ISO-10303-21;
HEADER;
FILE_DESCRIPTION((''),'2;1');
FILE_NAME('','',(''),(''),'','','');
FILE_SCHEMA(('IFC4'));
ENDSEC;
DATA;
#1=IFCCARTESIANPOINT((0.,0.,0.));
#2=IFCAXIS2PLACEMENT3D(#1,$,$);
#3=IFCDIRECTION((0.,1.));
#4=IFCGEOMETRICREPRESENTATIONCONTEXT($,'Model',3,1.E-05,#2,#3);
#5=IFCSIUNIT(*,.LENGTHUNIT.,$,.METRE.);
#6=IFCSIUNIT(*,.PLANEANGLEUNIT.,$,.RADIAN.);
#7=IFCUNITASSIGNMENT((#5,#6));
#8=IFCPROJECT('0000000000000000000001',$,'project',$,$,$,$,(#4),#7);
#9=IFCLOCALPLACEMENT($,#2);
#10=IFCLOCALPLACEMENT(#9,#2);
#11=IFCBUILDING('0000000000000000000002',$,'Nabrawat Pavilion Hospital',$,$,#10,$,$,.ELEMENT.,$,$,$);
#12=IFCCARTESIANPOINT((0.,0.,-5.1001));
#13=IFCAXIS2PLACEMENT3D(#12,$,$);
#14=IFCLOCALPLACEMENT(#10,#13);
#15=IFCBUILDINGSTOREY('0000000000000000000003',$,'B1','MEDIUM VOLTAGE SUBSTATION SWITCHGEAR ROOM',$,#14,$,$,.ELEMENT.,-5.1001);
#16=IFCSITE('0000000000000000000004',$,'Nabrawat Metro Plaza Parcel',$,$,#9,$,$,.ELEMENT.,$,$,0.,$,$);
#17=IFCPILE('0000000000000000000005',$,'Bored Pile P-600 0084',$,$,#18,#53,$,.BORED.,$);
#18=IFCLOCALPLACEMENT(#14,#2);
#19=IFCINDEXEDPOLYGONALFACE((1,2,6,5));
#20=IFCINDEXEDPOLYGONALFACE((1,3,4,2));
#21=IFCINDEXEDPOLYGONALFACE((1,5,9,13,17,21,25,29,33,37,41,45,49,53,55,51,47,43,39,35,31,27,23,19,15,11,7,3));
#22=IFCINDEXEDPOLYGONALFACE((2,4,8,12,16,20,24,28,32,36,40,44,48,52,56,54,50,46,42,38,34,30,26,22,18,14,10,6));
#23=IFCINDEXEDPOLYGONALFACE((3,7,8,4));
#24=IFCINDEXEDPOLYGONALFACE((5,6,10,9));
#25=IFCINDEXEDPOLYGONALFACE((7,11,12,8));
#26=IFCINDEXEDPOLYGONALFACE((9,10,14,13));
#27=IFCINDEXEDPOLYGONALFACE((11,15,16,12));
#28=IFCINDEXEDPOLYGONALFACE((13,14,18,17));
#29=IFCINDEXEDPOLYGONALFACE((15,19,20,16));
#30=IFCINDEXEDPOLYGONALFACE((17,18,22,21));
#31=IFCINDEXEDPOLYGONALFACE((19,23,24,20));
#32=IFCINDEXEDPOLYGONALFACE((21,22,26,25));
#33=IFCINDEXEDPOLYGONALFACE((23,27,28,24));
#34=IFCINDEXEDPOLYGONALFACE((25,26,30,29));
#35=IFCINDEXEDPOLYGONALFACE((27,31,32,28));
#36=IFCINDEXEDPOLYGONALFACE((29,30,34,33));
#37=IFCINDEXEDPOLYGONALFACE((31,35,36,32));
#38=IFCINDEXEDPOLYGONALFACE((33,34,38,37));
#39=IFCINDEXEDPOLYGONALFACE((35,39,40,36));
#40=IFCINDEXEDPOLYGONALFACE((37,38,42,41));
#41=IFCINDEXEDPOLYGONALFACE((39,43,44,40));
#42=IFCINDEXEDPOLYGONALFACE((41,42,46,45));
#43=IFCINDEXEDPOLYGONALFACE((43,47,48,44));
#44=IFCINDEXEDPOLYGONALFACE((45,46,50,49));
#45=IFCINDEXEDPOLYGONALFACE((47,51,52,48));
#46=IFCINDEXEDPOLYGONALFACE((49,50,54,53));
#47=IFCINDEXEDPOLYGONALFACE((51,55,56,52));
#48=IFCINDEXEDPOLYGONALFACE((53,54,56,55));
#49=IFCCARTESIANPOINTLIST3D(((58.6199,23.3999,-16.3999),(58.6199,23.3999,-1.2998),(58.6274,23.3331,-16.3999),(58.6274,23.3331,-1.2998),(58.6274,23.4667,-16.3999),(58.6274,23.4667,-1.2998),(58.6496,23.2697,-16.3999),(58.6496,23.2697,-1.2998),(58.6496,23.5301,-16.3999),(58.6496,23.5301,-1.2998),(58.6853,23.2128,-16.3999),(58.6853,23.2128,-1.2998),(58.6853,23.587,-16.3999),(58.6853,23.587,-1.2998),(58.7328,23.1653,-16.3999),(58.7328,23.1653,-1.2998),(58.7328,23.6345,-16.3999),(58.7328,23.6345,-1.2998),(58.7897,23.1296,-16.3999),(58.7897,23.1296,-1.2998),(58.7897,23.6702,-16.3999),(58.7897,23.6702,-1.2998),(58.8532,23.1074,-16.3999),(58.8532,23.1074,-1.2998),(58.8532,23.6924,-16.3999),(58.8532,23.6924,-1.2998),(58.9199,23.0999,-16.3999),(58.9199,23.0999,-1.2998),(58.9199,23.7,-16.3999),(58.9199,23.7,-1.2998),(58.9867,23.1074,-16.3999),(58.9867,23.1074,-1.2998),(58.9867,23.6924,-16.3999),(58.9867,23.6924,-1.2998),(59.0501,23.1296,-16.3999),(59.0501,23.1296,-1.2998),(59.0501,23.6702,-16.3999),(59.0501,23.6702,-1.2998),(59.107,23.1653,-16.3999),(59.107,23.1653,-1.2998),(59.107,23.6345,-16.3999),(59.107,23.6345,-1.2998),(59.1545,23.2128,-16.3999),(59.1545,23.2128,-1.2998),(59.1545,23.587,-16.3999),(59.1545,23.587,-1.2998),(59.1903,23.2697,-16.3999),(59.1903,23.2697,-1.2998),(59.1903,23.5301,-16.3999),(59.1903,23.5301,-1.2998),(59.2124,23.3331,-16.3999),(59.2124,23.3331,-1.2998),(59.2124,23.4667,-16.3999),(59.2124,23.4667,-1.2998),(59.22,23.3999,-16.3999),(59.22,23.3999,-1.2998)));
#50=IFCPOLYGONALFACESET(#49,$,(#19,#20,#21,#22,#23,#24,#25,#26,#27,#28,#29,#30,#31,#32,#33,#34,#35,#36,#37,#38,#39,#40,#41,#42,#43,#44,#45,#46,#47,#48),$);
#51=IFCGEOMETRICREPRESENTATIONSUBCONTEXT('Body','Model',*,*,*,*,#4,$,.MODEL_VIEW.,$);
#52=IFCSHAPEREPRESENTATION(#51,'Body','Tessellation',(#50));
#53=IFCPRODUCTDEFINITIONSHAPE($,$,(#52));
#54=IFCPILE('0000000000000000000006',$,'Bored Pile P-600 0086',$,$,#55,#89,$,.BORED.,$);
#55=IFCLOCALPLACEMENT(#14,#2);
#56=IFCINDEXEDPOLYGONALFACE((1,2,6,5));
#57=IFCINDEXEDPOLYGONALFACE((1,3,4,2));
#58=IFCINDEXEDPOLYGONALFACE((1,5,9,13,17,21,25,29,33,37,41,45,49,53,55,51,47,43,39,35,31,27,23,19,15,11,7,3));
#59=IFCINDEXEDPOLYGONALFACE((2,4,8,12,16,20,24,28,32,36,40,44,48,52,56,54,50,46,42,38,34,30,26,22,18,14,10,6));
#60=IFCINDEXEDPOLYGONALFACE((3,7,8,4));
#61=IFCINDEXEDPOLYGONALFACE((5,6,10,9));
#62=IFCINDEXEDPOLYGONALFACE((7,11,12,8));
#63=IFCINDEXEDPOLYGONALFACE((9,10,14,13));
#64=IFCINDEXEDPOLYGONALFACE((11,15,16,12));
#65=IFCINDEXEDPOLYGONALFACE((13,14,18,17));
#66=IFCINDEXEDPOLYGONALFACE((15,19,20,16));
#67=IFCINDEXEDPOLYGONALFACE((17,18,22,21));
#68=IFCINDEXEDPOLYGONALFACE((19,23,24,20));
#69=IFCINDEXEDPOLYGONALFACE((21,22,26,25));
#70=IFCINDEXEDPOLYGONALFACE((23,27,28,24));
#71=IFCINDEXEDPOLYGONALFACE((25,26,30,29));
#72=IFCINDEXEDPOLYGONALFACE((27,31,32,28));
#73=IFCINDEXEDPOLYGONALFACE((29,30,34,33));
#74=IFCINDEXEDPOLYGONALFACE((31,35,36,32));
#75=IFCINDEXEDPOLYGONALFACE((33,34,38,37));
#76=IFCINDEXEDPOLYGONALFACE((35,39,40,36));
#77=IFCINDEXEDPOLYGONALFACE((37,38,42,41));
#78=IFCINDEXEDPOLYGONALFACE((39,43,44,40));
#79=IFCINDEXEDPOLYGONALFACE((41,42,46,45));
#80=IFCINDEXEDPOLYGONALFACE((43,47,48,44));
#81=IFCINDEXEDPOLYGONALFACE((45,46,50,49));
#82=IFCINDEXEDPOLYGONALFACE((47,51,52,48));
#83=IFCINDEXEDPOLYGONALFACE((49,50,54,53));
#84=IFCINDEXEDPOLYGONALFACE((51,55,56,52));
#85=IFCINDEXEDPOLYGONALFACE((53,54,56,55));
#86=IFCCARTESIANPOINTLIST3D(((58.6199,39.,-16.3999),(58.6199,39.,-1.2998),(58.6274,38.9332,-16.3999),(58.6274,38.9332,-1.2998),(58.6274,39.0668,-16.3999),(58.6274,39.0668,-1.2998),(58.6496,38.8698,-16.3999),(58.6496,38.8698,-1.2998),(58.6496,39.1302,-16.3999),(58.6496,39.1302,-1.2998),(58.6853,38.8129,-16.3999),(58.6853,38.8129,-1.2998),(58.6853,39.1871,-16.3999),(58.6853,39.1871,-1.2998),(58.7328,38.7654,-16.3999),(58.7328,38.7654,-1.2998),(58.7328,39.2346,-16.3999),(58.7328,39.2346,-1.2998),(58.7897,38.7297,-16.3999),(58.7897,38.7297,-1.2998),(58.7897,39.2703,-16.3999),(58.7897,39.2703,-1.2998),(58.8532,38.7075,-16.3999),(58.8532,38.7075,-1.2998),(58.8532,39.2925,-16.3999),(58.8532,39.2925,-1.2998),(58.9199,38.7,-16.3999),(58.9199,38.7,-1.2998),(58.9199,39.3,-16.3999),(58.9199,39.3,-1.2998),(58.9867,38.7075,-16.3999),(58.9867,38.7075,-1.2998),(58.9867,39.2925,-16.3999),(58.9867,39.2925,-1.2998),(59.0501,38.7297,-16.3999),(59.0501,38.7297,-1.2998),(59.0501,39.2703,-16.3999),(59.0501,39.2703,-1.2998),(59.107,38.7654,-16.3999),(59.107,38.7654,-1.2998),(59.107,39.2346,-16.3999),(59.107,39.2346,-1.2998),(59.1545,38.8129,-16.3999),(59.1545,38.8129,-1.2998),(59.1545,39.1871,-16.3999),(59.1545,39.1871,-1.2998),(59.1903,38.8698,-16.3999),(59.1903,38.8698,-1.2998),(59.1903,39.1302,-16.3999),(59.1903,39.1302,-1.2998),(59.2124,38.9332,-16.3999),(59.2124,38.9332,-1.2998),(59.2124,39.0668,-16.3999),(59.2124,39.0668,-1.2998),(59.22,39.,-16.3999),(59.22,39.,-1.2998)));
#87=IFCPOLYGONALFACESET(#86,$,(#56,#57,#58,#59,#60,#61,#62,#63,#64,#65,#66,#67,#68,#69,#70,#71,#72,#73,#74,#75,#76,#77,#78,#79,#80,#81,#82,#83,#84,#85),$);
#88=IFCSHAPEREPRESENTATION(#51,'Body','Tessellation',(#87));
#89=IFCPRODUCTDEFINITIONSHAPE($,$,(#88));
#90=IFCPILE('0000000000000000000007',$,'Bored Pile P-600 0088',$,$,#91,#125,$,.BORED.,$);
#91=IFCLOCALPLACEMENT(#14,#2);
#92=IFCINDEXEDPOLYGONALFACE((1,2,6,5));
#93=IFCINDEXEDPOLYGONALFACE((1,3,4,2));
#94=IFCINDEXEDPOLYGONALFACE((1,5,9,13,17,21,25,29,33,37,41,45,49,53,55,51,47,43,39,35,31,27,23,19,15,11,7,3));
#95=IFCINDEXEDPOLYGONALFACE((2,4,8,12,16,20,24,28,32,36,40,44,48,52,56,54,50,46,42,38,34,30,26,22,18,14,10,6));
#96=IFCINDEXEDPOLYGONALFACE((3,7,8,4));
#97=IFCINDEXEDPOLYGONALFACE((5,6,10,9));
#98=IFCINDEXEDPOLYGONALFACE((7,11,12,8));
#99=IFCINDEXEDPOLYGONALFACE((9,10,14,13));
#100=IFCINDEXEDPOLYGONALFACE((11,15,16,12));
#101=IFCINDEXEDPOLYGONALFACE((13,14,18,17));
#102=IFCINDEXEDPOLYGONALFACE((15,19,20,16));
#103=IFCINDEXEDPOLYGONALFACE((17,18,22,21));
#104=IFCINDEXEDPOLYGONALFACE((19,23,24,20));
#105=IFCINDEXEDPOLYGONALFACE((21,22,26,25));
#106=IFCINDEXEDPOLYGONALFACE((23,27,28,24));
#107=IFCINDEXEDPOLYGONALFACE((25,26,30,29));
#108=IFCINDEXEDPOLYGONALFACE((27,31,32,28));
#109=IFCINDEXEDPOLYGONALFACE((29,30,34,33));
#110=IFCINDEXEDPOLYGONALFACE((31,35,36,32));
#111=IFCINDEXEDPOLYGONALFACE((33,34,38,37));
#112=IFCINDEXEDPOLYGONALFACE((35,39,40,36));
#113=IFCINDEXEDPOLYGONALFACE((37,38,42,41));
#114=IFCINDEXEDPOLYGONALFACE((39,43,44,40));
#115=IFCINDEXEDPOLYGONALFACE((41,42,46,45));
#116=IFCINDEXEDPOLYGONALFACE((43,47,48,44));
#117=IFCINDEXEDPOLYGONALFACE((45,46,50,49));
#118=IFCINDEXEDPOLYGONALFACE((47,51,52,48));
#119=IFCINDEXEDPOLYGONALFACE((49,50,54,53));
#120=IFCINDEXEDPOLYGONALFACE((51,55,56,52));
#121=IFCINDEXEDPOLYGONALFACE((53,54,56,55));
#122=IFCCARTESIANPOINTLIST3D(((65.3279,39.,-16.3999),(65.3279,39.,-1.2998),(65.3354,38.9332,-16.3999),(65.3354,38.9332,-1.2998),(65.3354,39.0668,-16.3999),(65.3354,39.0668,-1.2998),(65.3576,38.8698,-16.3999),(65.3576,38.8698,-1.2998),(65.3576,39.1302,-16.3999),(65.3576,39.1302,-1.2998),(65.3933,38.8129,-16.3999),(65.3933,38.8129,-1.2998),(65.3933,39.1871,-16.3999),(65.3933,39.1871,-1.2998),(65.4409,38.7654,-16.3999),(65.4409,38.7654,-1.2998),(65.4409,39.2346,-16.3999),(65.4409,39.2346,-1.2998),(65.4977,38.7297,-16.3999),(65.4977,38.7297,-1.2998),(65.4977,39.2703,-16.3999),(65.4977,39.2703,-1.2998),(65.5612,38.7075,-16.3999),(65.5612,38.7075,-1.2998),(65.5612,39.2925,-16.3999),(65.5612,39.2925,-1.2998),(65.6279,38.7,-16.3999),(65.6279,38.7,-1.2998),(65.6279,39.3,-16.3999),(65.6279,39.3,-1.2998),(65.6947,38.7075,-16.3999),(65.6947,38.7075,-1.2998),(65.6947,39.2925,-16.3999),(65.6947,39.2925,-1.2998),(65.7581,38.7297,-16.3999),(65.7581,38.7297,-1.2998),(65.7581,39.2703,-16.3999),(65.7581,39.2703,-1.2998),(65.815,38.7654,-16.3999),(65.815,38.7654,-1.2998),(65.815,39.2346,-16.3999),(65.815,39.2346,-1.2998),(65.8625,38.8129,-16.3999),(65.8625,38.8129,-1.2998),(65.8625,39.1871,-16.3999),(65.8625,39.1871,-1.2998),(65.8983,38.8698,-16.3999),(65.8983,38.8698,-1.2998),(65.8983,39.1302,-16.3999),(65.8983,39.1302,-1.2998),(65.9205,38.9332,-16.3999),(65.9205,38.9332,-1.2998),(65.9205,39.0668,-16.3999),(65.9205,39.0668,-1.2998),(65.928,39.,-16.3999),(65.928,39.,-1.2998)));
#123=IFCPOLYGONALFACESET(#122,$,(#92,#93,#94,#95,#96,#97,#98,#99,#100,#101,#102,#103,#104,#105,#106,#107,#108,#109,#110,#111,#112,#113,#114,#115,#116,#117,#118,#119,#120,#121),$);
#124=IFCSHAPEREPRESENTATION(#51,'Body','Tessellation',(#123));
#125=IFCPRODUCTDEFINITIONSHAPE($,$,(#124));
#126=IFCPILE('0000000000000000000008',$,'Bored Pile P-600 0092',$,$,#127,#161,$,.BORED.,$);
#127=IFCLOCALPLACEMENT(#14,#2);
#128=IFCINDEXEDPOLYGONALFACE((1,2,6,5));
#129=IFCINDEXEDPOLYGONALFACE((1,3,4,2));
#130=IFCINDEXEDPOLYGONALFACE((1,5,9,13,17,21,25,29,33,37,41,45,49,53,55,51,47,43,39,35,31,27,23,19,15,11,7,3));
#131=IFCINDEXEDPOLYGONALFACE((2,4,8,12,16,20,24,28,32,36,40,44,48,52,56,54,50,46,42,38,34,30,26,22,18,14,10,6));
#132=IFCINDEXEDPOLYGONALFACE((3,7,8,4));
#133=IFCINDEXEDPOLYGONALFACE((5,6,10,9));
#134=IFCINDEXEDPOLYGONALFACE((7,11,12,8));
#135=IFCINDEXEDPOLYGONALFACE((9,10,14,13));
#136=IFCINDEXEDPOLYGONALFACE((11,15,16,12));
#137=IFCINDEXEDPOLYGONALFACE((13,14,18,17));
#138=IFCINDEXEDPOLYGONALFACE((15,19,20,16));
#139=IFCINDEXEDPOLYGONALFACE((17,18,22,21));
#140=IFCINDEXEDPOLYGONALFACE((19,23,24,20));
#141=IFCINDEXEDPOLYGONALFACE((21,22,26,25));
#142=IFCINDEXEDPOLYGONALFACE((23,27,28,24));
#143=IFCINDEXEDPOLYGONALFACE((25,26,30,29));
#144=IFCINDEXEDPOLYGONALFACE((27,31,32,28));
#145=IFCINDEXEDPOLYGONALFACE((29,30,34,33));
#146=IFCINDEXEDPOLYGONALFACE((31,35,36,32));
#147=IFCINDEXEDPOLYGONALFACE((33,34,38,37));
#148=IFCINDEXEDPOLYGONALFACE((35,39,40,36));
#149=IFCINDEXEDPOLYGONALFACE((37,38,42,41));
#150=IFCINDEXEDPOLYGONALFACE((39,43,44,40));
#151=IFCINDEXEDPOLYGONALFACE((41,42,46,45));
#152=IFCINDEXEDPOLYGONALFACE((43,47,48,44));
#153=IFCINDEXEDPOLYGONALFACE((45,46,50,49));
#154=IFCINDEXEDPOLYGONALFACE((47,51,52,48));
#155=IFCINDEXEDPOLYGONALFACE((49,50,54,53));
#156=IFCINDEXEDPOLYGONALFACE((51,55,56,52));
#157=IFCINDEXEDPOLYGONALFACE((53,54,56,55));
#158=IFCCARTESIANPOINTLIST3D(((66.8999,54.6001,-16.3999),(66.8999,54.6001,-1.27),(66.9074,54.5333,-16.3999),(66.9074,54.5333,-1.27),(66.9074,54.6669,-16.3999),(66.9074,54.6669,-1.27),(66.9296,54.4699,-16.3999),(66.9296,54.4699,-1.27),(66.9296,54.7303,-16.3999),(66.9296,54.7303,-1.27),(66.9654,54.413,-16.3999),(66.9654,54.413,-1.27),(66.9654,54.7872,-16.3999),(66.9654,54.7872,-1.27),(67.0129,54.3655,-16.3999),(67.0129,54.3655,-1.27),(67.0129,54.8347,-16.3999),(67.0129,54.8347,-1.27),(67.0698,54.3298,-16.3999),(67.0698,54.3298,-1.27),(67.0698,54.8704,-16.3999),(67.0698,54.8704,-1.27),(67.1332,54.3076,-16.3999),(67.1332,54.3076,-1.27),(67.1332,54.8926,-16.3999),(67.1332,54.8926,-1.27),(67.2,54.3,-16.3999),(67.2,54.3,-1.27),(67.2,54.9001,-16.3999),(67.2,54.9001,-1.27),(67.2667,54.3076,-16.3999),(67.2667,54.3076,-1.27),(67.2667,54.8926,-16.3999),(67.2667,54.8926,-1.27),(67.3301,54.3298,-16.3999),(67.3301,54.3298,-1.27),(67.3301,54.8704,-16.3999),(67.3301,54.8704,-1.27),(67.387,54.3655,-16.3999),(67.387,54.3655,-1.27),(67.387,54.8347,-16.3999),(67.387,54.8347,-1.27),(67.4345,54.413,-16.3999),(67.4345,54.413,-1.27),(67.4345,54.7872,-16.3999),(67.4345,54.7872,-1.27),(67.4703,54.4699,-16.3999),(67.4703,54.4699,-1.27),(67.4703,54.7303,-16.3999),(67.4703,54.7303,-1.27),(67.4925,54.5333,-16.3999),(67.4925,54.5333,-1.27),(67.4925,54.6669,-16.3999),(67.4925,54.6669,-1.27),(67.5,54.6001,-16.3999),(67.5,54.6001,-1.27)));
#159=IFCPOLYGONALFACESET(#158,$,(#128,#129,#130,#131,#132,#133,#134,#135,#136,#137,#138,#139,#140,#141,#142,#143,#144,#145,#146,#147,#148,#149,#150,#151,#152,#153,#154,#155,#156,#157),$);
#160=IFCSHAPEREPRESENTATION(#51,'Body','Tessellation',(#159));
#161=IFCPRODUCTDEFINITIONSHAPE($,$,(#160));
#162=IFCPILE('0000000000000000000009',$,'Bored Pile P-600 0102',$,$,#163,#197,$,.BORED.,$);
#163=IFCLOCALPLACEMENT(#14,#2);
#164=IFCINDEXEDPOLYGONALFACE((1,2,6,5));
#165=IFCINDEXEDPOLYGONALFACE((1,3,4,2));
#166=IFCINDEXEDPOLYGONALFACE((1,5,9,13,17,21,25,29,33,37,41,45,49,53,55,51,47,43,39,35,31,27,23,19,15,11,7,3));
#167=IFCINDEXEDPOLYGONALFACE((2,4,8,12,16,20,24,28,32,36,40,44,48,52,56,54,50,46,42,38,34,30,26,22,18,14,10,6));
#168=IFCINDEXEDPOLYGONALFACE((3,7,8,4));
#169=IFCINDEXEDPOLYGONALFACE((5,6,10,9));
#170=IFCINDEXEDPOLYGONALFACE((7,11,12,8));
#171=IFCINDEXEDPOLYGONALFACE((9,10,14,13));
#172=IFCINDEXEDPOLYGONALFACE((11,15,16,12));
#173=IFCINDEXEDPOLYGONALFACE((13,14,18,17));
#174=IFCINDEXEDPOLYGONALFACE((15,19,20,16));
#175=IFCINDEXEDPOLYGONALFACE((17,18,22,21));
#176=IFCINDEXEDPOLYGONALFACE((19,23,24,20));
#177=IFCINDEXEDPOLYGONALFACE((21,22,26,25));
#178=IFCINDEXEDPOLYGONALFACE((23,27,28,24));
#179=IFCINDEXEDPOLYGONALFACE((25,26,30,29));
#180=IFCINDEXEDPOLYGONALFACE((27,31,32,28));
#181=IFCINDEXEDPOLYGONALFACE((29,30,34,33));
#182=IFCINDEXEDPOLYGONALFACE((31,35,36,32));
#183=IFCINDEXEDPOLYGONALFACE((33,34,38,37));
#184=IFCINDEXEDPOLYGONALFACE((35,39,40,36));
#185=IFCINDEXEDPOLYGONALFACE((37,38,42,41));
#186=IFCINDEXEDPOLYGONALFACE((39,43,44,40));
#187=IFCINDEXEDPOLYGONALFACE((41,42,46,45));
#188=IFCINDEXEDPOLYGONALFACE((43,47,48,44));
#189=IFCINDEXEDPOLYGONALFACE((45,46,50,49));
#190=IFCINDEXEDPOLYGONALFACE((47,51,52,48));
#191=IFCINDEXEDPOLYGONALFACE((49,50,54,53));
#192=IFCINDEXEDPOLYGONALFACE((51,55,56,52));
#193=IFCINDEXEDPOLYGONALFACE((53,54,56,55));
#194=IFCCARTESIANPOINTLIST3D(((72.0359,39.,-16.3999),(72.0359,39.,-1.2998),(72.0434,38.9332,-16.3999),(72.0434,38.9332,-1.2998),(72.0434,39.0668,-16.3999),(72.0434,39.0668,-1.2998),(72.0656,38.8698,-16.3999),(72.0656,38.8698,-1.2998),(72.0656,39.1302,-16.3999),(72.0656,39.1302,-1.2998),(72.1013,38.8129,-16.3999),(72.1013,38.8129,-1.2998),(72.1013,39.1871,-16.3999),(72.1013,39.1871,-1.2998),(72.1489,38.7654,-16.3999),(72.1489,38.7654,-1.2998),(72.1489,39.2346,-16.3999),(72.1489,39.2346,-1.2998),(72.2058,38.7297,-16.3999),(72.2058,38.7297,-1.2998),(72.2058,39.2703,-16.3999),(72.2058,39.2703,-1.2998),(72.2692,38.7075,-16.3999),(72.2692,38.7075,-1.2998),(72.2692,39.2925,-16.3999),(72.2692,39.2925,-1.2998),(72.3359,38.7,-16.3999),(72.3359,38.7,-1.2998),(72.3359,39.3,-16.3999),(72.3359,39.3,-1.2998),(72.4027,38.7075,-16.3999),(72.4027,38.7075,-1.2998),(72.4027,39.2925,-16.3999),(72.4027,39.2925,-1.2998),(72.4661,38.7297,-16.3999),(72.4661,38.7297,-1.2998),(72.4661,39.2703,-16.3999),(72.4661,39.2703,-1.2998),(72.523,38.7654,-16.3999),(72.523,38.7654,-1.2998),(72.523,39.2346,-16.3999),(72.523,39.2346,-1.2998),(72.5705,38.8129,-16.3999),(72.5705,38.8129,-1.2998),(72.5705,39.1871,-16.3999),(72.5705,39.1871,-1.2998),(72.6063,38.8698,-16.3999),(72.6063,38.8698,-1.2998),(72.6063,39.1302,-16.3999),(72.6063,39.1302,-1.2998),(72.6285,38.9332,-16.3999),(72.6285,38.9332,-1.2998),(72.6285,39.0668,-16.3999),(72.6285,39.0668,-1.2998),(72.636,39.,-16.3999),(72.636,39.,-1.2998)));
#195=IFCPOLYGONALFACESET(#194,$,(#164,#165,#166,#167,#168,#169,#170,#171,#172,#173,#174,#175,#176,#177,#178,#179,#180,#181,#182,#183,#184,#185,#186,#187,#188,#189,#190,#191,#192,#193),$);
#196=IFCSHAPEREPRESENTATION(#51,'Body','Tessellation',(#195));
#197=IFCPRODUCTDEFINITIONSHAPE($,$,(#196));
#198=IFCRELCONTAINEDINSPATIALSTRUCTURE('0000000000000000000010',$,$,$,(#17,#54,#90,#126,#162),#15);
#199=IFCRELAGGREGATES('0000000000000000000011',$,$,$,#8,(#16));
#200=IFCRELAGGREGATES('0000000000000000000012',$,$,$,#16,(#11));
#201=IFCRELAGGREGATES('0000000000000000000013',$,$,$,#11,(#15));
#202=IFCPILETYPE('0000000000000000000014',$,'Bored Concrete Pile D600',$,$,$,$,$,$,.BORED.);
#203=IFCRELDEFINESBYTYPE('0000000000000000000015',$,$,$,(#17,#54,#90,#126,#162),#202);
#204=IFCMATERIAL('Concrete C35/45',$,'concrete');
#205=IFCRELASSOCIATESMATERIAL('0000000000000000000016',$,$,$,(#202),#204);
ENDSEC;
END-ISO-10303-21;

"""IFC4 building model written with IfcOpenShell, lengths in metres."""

from ifc_helpers import new_model, si_unit, direction, frame, origin, origin_2d, place, context, subcontext, project, spatial, circle, extrude, material, material_profile, profile_set, type_object, element, save


model = new_model("IFC4")

# Units and contexts
model_context = context("Model", 3, precision=1e-05, world=origin(), true_north=direction((0.0, 1.0)))
body_context = subcontext(model_context, "Body", "Model", "MODEL_VIEW")
ifc_project = project(units=[si_unit("LENGTHUNIT", "METRE"), si_unit("PLANEANGLEUNIT", "RADIAN")], contexts=[model_context])

# Site, building, storey
site_placement = place(None, origin())
site = spatial("IfcSite", under=ifc_project, at=site_placement, Name="Nabrawat Metro Plaza Parcel", CompositionType="ELEMENT", RefElevation=0.0)
building_placement = place(site_placement, origin())
building = spatial("IfcBuilding", under=site, at=building_placement, Name="Nabrawat Pavilion Hospital", CompositionType="ELEMENT")
storey_placement = place(building_placement, frame((0.0, 0.0, -5.1001)))
storey = spatial("IfcBuildingStorey", under=building, at=storey_placement, Name="B1", Description="MEDIUM VOLTAGE SUBSTATION SWITCHGEAR ROOM", CompositionType="ELEMENT", Elevation=-5.1001)

# Piles
ifc_material_1 = material(Name="Concrete C35/45", Category="concrete")
ifc_material_profile_1 = material_profile(ifc_material_1, circle(Radius=0.3, at=origin_2d()), Name="DIA 600")
ifc_profile_set_1 = profile_set([ifc_material_profile_1], Name="Concrete C35/45")
pile_type_1 = type_object("IfcPileType", Name="Bored Concrete Pile D600", PredefinedType="BORED", material=ifc_profile_set_1)
for number, where, z_axis, x_axis, name in (
    (1, (58.9199, 23.3999, -1.2998), (0.0, 0.0, -1.0), (1.0, 0.0, 0.0), "Bored Pile P-600 0084"),
    (2, (58.9199, 39.0, -1.2998), (0.0, 0.0, -1.0), (1.0, 0.0, 0.0), "Bored Pile P-600 0086"),
    (3, (65.6279, 39.0, -1.2998), (0.0, 0.0, -1.0), (1.0, 0.0, 0.0), "Bored Pile P-600 0088"),
):
    element("IfcPile", number, at=place(storey_placement, frame(where, z_axis=z_axis, x_axis=x_axis)), inside=storey, type_object=pile_type_1, Name=name, PredefinedType="BORED", context=body_context, shape_type="SweptSolid", body=[
        extrude(circle(Radius=0.3, at=origin_2d()), origin(), (0.0, 0.0, 1.0), 15.1001),
    ])
pile_1_placement = place(storey_placement, frame((67.2, 54.6001, -1.27), z_axis=(0.0, 0.0, -1.0), x_axis=(1.0, 0.0, 0.0)))
element("IfcPile", 4, at=pile_1_placement, inside=storey, type_object=pile_type_1, Name="Bored Pile P-600 0092", PredefinedType="BORED", context=body_context, shape_type="SweptSolid", body=[
    extrude(circle(Radius=0.3, at=origin_2d()), origin(), (0.0, 0.0, 1.0), 15.1299),
])
pile_2_placement = place(storey_placement, frame((72.3359, 39.0, -1.2998), z_axis=(0.0, 0.0, -1.0), x_axis=(1.0, 0.0, 0.0)))
element("IfcPile", 5, at=pile_2_placement, inside=storey, type_object=pile_type_1, Name="Bored Pile P-600 0102", PredefinedType="BORED", context=body_context, shape_type="SweptSolid", body=[
    extrude(circle(Radius=0.3, at=origin_2d()), origin(), (0.0, 0.0, 1.0), 15.1001),
])

save(model, "model.ifc")
